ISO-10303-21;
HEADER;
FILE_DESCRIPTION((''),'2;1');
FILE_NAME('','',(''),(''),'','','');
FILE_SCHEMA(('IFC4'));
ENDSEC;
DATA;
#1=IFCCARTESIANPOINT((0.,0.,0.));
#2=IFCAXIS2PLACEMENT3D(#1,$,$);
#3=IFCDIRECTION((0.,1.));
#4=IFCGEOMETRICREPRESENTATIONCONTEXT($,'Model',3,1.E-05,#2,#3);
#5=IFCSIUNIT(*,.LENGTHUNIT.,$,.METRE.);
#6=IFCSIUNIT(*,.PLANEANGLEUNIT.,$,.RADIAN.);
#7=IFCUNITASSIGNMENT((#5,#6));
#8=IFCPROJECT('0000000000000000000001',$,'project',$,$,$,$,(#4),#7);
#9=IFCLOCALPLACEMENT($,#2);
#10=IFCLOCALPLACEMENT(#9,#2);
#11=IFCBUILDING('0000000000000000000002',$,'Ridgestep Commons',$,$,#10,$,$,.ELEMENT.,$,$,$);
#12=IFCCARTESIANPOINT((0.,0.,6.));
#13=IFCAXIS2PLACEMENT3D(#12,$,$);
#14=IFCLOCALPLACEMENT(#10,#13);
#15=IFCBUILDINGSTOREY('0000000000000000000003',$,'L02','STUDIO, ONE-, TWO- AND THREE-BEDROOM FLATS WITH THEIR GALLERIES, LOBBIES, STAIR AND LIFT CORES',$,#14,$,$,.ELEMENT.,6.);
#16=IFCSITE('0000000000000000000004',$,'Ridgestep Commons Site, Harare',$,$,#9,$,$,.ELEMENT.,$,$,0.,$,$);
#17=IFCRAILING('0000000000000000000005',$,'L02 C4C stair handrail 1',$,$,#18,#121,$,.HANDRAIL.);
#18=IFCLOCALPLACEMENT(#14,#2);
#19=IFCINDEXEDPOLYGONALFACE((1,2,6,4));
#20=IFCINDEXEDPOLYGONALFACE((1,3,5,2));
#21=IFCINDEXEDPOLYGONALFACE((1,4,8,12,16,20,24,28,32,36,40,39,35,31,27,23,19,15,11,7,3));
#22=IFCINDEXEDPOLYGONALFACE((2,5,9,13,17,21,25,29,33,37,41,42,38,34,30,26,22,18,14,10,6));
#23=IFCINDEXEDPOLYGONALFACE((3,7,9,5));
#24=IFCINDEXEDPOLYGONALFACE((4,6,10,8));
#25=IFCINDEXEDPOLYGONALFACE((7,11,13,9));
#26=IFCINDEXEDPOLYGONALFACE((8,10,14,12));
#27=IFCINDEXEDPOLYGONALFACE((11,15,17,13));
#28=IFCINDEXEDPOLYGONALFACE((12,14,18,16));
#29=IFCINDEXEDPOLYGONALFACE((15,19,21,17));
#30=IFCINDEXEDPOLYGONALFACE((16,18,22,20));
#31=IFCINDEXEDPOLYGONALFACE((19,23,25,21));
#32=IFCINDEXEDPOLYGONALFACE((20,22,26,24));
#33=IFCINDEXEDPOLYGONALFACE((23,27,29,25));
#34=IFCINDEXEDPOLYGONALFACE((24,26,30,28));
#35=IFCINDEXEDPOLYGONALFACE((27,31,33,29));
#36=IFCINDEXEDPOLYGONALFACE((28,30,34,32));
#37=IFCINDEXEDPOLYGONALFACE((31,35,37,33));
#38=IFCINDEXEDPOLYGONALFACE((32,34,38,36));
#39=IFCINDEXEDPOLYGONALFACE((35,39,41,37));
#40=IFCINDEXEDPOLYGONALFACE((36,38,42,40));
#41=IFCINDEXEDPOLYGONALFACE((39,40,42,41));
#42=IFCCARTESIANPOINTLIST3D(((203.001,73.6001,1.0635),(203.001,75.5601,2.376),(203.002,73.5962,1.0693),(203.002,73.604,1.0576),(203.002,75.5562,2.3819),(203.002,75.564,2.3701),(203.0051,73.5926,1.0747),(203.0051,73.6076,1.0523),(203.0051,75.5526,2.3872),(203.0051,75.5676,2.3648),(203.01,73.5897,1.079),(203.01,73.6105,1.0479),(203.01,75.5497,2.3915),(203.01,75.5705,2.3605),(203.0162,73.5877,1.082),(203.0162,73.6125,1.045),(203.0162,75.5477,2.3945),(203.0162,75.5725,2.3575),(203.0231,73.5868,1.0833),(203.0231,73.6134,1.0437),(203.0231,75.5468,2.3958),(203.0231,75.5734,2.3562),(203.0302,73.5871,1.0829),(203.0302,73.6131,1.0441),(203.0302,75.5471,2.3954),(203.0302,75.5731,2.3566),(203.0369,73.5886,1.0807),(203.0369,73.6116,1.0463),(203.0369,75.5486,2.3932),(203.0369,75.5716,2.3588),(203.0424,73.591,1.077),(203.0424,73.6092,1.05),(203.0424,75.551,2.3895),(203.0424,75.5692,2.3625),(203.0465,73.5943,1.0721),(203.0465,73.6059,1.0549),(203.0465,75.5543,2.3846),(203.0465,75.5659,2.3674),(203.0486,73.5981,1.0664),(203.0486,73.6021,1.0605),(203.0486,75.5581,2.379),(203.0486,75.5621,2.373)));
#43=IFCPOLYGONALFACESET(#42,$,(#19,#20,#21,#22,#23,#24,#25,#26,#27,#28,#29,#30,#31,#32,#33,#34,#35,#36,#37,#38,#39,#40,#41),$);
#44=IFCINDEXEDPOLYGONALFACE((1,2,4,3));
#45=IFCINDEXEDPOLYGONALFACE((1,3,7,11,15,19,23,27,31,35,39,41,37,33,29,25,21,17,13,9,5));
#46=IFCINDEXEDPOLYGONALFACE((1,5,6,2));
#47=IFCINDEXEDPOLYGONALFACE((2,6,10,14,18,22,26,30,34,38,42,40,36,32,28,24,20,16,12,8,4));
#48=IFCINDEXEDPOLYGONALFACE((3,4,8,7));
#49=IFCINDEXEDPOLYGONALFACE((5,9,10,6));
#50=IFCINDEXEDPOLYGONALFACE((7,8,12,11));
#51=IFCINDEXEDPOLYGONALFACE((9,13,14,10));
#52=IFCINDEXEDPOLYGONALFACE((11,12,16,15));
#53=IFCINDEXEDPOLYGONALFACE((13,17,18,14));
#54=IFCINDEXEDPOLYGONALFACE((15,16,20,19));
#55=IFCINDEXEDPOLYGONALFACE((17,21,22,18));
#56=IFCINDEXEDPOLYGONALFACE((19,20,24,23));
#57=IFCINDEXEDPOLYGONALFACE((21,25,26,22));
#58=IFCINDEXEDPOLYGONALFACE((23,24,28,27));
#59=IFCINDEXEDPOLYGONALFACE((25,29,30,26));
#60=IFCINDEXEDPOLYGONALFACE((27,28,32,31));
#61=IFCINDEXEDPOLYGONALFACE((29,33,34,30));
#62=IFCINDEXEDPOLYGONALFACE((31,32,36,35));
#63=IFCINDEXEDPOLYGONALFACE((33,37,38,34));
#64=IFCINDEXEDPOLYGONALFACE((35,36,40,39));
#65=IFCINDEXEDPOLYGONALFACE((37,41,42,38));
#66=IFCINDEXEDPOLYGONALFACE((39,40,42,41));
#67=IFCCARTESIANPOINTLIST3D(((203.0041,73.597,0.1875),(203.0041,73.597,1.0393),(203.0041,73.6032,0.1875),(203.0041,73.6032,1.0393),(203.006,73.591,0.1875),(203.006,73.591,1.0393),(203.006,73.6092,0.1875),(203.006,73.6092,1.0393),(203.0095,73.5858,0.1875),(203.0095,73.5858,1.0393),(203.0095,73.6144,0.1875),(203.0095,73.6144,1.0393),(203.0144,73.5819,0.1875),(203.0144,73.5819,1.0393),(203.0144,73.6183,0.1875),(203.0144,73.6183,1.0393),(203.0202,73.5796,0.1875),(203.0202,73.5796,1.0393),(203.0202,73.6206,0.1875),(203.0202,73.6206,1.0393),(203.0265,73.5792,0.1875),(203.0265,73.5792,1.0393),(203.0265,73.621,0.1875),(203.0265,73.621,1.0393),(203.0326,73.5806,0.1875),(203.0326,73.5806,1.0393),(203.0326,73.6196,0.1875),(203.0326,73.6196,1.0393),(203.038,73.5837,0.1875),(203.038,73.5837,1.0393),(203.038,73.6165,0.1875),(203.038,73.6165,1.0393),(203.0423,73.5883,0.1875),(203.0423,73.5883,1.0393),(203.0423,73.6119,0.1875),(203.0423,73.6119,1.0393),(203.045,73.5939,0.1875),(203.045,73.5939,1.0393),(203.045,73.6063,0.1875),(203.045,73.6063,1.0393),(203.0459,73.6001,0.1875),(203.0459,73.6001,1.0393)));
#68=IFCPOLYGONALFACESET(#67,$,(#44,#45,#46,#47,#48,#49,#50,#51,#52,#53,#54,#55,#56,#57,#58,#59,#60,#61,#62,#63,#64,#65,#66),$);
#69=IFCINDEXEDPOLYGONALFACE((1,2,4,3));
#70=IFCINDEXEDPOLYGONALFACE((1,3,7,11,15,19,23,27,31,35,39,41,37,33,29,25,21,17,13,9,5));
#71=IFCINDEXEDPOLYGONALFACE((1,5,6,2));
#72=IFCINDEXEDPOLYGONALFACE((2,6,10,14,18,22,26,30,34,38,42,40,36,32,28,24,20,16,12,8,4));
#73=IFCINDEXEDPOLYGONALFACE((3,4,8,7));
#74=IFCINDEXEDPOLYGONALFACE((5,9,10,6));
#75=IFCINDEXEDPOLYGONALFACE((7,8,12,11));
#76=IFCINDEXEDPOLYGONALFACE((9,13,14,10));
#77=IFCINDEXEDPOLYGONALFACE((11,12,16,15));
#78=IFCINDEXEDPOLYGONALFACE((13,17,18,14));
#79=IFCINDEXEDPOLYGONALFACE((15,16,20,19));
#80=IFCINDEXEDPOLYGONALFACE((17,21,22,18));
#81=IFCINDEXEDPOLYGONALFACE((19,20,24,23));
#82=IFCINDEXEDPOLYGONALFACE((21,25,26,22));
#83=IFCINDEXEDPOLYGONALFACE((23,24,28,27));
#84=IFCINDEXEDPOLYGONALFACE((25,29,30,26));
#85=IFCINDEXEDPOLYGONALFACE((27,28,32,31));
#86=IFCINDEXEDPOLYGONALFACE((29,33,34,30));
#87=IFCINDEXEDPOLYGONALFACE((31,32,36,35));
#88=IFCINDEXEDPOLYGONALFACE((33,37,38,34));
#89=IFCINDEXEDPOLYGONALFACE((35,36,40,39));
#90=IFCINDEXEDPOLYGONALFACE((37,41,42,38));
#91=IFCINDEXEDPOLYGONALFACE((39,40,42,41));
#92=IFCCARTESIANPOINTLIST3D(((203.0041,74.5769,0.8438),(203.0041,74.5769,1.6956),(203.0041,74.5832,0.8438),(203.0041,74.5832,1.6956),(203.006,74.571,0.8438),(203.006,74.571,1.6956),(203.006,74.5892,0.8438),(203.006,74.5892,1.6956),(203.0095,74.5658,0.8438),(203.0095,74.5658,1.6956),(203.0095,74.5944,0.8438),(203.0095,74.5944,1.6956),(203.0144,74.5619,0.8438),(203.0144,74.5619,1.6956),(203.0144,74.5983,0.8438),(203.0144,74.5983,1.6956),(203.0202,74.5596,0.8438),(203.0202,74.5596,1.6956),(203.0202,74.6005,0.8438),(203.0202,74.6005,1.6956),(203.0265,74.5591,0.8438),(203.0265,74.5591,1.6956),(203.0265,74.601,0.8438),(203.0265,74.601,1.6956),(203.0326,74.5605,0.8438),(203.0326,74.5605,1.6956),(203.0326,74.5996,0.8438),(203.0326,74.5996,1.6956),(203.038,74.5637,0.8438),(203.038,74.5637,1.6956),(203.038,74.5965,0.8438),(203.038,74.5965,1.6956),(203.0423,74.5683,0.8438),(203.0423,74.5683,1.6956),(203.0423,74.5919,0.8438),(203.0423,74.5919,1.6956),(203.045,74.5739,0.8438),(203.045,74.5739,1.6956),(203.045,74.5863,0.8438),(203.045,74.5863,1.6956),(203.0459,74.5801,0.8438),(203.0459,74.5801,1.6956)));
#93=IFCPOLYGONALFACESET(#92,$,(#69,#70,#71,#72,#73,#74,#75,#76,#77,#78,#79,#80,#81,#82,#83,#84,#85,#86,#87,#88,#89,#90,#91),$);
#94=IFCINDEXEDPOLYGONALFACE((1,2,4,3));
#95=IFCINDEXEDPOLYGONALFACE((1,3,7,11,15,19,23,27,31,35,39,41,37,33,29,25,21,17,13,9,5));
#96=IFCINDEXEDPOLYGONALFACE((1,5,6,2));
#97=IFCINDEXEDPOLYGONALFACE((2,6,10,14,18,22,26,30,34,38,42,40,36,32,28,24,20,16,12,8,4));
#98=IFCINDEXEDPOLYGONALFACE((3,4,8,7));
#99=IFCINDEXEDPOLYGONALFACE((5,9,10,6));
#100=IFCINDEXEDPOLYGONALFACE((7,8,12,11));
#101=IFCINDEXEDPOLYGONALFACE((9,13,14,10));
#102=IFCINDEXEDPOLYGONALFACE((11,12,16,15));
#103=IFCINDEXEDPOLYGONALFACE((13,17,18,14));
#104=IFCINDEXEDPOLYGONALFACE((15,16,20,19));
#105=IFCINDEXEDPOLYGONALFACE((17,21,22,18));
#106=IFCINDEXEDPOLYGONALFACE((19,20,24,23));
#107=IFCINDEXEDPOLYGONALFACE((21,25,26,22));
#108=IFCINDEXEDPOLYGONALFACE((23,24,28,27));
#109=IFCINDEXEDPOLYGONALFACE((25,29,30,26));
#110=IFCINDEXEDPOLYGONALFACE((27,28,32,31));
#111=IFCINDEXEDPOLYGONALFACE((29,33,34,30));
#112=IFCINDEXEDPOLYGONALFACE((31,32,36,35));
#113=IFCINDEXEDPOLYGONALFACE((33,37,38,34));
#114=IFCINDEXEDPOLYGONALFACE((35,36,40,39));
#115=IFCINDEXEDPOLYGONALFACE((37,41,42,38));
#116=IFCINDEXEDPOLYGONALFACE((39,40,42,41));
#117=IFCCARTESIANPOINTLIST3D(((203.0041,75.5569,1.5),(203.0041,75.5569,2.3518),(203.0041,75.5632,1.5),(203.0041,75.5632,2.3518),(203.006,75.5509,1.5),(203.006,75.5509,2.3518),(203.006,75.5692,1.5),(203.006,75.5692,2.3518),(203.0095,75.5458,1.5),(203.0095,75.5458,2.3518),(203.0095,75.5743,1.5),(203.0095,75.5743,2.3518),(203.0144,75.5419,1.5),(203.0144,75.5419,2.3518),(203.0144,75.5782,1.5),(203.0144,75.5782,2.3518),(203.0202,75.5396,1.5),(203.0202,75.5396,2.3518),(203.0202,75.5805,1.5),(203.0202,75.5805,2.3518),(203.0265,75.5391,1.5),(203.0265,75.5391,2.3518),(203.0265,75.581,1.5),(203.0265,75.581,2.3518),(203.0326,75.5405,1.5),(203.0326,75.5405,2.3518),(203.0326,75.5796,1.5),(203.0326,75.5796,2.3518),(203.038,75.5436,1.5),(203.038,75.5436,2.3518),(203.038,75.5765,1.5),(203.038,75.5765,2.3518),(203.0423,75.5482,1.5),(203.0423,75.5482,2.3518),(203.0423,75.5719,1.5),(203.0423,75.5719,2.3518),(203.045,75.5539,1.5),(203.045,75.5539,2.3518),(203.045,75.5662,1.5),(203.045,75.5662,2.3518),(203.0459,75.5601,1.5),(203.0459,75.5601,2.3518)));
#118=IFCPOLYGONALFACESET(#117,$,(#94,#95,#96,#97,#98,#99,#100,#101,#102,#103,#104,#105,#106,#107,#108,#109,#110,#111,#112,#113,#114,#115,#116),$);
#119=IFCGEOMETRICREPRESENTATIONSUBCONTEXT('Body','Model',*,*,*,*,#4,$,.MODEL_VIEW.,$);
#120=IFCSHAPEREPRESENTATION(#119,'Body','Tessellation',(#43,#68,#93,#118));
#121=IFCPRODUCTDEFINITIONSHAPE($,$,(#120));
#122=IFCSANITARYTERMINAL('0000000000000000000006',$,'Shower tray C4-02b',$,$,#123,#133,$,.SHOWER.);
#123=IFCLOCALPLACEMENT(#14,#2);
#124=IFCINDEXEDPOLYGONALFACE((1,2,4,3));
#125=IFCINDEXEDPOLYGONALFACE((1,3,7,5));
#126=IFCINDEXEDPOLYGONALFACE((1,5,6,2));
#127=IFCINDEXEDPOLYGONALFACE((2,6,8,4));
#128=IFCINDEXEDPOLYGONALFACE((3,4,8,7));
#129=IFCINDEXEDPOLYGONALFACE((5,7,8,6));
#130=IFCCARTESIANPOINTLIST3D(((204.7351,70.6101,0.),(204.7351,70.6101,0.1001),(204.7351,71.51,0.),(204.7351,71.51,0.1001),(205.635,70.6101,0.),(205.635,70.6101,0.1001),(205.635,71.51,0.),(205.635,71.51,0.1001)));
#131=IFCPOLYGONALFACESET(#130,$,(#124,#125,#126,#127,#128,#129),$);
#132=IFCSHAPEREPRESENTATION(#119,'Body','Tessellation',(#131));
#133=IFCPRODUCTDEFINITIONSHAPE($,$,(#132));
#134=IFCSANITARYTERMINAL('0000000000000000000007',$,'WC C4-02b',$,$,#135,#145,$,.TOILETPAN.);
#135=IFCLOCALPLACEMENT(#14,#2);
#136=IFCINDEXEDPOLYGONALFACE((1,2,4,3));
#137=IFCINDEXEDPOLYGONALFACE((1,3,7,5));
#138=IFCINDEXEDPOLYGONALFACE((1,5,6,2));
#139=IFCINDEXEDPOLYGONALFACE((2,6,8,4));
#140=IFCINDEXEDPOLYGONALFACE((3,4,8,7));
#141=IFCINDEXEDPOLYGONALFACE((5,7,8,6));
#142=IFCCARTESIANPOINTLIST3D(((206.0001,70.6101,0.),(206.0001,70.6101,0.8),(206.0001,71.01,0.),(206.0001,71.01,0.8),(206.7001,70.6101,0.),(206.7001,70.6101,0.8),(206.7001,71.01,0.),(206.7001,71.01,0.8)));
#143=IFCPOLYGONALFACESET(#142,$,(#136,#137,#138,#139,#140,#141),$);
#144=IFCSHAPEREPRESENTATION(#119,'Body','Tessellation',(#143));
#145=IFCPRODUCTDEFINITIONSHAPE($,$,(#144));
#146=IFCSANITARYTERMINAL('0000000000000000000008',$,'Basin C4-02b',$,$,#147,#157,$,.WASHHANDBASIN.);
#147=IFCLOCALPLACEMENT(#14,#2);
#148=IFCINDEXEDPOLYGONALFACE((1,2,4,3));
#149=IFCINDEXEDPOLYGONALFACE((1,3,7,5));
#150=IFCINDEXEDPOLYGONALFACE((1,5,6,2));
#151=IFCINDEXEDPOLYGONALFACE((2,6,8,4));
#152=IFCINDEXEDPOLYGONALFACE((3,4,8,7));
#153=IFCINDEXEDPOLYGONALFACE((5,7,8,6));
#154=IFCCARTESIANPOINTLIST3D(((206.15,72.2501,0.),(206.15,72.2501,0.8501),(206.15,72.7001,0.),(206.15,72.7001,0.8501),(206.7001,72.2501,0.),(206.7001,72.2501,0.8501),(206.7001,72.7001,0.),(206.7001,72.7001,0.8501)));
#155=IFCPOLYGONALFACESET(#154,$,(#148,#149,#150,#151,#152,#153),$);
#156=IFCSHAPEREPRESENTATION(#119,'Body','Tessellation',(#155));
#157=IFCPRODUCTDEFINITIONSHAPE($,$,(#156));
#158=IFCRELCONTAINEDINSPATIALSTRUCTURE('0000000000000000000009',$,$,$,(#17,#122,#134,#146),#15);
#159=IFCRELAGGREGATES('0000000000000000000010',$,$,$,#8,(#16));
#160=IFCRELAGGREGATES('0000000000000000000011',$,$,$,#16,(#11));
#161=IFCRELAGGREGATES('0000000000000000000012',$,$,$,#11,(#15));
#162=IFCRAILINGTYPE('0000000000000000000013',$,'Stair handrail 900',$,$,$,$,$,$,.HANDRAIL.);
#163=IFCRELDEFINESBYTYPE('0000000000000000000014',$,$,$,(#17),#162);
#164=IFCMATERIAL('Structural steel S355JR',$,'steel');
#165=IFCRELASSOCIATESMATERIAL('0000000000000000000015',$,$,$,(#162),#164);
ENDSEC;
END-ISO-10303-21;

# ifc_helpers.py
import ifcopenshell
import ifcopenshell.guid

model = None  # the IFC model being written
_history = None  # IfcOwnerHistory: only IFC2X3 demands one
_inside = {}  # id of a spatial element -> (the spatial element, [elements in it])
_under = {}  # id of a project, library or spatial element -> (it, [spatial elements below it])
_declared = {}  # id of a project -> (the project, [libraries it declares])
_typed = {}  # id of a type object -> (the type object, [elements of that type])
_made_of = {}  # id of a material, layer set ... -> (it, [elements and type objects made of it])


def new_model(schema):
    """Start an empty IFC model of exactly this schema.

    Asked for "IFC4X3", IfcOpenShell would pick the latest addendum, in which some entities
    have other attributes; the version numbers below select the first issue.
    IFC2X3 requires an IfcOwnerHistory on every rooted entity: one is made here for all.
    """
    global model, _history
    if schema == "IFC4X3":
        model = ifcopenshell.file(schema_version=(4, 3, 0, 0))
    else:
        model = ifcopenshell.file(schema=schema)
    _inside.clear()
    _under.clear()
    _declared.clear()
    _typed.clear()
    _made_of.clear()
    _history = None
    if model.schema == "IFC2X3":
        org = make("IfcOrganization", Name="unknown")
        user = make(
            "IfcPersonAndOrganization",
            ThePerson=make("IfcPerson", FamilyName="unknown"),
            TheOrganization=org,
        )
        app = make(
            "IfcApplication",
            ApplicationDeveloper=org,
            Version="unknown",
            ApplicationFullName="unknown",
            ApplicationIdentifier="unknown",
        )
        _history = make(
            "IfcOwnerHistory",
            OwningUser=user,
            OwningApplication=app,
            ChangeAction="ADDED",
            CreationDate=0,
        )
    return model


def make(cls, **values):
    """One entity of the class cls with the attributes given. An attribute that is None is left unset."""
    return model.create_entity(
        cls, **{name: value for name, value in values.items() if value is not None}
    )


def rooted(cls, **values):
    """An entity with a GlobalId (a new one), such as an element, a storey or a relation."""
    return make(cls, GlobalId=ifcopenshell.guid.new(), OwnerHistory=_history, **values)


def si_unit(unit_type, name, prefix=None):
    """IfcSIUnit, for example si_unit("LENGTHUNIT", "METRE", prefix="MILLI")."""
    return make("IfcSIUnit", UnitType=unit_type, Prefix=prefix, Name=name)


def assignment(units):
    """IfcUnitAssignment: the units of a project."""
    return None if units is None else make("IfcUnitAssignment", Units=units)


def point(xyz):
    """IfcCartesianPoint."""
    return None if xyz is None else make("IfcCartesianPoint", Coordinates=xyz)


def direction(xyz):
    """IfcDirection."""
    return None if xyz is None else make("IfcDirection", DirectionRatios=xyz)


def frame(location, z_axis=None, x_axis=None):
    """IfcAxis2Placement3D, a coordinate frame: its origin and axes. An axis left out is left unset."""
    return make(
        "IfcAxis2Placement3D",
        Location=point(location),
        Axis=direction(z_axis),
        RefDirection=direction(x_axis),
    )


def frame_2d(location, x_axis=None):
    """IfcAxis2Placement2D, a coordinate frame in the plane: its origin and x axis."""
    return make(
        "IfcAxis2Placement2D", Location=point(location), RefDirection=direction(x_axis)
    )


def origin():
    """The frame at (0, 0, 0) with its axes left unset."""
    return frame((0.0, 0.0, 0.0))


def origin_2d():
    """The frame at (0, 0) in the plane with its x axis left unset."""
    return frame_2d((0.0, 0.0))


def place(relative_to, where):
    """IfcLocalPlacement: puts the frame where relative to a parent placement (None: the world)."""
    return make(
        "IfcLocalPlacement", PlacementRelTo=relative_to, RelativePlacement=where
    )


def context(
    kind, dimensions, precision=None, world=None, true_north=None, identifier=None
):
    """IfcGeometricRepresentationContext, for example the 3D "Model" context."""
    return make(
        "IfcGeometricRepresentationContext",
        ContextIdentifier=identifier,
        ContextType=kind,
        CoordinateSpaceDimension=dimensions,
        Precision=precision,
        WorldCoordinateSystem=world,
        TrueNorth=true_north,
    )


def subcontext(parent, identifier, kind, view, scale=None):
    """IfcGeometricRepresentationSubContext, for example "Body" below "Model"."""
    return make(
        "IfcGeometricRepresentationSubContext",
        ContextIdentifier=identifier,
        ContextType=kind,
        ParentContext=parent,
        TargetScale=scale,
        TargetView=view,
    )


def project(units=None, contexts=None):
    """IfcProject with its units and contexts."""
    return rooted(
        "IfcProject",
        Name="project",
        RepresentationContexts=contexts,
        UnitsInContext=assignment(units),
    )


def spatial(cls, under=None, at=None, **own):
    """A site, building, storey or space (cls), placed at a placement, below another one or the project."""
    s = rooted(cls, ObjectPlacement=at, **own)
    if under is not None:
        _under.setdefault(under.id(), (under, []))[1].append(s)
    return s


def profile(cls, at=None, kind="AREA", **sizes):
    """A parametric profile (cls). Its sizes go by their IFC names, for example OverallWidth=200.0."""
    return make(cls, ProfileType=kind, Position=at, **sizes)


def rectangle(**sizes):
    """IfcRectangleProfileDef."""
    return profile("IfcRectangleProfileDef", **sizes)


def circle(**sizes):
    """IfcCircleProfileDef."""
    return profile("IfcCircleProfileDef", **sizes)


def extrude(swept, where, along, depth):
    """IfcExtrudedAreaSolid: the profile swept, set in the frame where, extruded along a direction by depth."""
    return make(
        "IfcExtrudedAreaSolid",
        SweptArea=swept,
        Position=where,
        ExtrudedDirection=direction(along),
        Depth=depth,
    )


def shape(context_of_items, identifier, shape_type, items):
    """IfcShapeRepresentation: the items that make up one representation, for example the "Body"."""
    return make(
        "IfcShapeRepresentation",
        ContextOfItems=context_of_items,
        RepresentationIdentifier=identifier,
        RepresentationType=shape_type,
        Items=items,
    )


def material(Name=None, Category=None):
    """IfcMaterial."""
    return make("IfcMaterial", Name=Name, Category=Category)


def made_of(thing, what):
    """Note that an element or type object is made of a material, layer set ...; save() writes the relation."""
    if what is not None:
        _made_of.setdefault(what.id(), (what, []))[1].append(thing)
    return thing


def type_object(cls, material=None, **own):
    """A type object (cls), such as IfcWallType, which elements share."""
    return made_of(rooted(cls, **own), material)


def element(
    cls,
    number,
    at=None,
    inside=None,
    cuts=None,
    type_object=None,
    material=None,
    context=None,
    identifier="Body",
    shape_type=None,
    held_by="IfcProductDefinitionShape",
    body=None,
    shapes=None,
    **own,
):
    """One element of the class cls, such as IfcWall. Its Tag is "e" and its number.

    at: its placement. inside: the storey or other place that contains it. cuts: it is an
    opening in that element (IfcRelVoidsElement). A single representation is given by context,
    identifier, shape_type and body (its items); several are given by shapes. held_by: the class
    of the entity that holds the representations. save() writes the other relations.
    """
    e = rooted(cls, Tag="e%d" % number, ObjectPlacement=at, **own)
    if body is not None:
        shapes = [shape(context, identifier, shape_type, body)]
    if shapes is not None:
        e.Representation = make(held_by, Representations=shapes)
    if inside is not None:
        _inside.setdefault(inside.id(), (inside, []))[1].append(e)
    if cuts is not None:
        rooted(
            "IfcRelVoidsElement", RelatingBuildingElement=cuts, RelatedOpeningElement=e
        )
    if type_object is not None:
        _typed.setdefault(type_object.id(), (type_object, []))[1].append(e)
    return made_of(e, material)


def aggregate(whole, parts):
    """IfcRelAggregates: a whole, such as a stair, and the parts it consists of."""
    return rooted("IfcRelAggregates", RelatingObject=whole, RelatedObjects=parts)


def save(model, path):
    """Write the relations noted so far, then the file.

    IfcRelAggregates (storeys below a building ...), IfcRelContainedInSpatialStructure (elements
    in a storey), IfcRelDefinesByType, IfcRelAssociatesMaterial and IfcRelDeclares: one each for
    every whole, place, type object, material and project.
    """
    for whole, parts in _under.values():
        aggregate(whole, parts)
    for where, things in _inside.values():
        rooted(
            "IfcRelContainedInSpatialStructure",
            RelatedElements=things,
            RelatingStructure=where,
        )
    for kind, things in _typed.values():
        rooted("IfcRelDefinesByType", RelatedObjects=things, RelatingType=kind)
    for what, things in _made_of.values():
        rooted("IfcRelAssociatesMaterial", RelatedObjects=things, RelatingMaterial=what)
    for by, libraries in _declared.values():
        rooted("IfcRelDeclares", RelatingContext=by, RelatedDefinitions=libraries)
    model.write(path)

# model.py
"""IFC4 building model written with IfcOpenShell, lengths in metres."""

from ifc_helpers import new_model, si_unit, direction, frame, origin, origin_2d, place, context, subcontext, project, spatial, rectangle, circle, extrude, material, type_object, element, save


model = new_model("IFC4")

# Units and contexts
model_context = context("Model", 3, precision=1e-05, world=origin(), true_north=direction((0.0, 1.0)))
body_context = subcontext(model_context, "Body", "Model", "MODEL_VIEW")
ifc_project = project(units=[si_unit("LENGTHUNIT", "METRE"), si_unit("PLANEANGLEUNIT", "RADIAN")], contexts=[model_context])

# Site, building, storey
site_placement = place(None, origin())
site = spatial("IfcSite", under=ifc_project, at=site_placement, Name="Ridgestep Commons Site, Harare", CompositionType="ELEMENT", RefElevation=0.0)
building_placement = place(site_placement, origin())
building = spatial("IfcBuilding", under=site, at=building_placement, Name="Ridgestep Commons", CompositionType="ELEMENT")
storey_placement = place(building_placement, frame((0.0, 0.0, 6.0)))
storey = spatial("IfcBuildingStorey", under=building, at=storey_placement, Name="L02", Description="STUDIO, ONE-, TWO- AND THREE-BEDROOM FLATS WITH THEIR GALLERIES, LOBBIES, STAIR AND LIFT CORES", CompositionType="ELEMENT", Elevation=6.0)

# Railing
ifc_material_1 = material(Name="Structural steel S355JR", Category="steel")
railing_type_1 = type_object("IfcRailingType", Name="Stair handrail 900", PredefinedType="HANDRAIL", material=ifc_material_1)
railing_1_placement = place(storey_placement, frame((203.0249, 73.6001, 0.1875)))
element("IfcRailing", 1, at=railing_1_placement, inside=storey, type_object=railing_type_1, Name="L02 C4C stair handrail 1", PredefinedType="HANDRAIL", context=body_context, shape_type="SweptSolid", body=[
    extrude(circle(Radius=0.0239, at=origin_2d()), frame((0.0, 0.0, 0.876), z_axis=(0.0, 0.830902, 0.556419), x_axis=(-1.0, 0.0, 0.0)), (0.0, 0.0, 1.0), 2.3589),
    extrude(circle(Radius=0.021, at=origin_2d()), origin(), (0.0, 0.0, 1.0), 0.8518),
    extrude(circle(Radius=0.021, at=origin_2d()), frame((0.0, 0.98, 0.6562)), (0.0, 0.0, 1.0), 0.8518),
    extrude(circle(Radius=0.021, at=origin_2d()), frame((0.0, 1.96, 1.3125)), (0.0, 0.0, 1.0), 0.8518),
])

# Sanitary terminals
sanitary_terminal_1_placement = place(storey_placement, frame((205.1851, 71.0601, 0.0), z_axis=(0.0, 0.0, 1.0), x_axis=(1.0, 0.0, 0.0)))
element("IfcSanitaryTerminal", 2, at=sanitary_terminal_1_placement, inside=storey, Name="Shower tray C4-02b", PredefinedType="SHOWER", context=body_context, shape_type="SweptSolid", body=[
    extrude(rectangle(XDim=0.8999, YDim=0.8999, at=origin_2d()), origin(), (0.0, 0.0, 1.0), 0.1001),
])
sanitary_terminal_2_placement = place(storey_placement, frame((206.3501, 70.8101, 0.0), z_axis=(0.0, 0.0, 1.0), x_axis=(1.0, 0.0, 0.0)))
element("IfcSanitaryTerminal", 3, at=sanitary_terminal_2_placement, inside=storey, Name="WC C4-02b", PredefinedType="TOILETPAN", context=body_context, shape_type="SweptSolid", body=[
    extrude(rectangle(XDim=0.7, YDim=0.3999, at=origin_2d()), origin(), (0.0, 0.0, 1.0), 0.8),
])
sanitary_terminal_3_placement = place(storey_placement, frame((206.425, 72.4751, 0.0), z_axis=(0.0, 0.0, 1.0), x_axis=(1.0, 0.0, 0.0)))
element("IfcSanitaryTerminal", 4, at=sanitary_terminal_3_placement, inside=storey, Name="Basin C4-02b", PredefinedType="WASHHANDBASIN", context=body_context, shape_type="SweptSolid", body=[
    extrude(rectangle(XDim=0.55, YDim=0.45, at=origin_2d()), origin(), (0.0, 0.0, 1.0), 0.8501),
])

save(model, "model.ifc")
